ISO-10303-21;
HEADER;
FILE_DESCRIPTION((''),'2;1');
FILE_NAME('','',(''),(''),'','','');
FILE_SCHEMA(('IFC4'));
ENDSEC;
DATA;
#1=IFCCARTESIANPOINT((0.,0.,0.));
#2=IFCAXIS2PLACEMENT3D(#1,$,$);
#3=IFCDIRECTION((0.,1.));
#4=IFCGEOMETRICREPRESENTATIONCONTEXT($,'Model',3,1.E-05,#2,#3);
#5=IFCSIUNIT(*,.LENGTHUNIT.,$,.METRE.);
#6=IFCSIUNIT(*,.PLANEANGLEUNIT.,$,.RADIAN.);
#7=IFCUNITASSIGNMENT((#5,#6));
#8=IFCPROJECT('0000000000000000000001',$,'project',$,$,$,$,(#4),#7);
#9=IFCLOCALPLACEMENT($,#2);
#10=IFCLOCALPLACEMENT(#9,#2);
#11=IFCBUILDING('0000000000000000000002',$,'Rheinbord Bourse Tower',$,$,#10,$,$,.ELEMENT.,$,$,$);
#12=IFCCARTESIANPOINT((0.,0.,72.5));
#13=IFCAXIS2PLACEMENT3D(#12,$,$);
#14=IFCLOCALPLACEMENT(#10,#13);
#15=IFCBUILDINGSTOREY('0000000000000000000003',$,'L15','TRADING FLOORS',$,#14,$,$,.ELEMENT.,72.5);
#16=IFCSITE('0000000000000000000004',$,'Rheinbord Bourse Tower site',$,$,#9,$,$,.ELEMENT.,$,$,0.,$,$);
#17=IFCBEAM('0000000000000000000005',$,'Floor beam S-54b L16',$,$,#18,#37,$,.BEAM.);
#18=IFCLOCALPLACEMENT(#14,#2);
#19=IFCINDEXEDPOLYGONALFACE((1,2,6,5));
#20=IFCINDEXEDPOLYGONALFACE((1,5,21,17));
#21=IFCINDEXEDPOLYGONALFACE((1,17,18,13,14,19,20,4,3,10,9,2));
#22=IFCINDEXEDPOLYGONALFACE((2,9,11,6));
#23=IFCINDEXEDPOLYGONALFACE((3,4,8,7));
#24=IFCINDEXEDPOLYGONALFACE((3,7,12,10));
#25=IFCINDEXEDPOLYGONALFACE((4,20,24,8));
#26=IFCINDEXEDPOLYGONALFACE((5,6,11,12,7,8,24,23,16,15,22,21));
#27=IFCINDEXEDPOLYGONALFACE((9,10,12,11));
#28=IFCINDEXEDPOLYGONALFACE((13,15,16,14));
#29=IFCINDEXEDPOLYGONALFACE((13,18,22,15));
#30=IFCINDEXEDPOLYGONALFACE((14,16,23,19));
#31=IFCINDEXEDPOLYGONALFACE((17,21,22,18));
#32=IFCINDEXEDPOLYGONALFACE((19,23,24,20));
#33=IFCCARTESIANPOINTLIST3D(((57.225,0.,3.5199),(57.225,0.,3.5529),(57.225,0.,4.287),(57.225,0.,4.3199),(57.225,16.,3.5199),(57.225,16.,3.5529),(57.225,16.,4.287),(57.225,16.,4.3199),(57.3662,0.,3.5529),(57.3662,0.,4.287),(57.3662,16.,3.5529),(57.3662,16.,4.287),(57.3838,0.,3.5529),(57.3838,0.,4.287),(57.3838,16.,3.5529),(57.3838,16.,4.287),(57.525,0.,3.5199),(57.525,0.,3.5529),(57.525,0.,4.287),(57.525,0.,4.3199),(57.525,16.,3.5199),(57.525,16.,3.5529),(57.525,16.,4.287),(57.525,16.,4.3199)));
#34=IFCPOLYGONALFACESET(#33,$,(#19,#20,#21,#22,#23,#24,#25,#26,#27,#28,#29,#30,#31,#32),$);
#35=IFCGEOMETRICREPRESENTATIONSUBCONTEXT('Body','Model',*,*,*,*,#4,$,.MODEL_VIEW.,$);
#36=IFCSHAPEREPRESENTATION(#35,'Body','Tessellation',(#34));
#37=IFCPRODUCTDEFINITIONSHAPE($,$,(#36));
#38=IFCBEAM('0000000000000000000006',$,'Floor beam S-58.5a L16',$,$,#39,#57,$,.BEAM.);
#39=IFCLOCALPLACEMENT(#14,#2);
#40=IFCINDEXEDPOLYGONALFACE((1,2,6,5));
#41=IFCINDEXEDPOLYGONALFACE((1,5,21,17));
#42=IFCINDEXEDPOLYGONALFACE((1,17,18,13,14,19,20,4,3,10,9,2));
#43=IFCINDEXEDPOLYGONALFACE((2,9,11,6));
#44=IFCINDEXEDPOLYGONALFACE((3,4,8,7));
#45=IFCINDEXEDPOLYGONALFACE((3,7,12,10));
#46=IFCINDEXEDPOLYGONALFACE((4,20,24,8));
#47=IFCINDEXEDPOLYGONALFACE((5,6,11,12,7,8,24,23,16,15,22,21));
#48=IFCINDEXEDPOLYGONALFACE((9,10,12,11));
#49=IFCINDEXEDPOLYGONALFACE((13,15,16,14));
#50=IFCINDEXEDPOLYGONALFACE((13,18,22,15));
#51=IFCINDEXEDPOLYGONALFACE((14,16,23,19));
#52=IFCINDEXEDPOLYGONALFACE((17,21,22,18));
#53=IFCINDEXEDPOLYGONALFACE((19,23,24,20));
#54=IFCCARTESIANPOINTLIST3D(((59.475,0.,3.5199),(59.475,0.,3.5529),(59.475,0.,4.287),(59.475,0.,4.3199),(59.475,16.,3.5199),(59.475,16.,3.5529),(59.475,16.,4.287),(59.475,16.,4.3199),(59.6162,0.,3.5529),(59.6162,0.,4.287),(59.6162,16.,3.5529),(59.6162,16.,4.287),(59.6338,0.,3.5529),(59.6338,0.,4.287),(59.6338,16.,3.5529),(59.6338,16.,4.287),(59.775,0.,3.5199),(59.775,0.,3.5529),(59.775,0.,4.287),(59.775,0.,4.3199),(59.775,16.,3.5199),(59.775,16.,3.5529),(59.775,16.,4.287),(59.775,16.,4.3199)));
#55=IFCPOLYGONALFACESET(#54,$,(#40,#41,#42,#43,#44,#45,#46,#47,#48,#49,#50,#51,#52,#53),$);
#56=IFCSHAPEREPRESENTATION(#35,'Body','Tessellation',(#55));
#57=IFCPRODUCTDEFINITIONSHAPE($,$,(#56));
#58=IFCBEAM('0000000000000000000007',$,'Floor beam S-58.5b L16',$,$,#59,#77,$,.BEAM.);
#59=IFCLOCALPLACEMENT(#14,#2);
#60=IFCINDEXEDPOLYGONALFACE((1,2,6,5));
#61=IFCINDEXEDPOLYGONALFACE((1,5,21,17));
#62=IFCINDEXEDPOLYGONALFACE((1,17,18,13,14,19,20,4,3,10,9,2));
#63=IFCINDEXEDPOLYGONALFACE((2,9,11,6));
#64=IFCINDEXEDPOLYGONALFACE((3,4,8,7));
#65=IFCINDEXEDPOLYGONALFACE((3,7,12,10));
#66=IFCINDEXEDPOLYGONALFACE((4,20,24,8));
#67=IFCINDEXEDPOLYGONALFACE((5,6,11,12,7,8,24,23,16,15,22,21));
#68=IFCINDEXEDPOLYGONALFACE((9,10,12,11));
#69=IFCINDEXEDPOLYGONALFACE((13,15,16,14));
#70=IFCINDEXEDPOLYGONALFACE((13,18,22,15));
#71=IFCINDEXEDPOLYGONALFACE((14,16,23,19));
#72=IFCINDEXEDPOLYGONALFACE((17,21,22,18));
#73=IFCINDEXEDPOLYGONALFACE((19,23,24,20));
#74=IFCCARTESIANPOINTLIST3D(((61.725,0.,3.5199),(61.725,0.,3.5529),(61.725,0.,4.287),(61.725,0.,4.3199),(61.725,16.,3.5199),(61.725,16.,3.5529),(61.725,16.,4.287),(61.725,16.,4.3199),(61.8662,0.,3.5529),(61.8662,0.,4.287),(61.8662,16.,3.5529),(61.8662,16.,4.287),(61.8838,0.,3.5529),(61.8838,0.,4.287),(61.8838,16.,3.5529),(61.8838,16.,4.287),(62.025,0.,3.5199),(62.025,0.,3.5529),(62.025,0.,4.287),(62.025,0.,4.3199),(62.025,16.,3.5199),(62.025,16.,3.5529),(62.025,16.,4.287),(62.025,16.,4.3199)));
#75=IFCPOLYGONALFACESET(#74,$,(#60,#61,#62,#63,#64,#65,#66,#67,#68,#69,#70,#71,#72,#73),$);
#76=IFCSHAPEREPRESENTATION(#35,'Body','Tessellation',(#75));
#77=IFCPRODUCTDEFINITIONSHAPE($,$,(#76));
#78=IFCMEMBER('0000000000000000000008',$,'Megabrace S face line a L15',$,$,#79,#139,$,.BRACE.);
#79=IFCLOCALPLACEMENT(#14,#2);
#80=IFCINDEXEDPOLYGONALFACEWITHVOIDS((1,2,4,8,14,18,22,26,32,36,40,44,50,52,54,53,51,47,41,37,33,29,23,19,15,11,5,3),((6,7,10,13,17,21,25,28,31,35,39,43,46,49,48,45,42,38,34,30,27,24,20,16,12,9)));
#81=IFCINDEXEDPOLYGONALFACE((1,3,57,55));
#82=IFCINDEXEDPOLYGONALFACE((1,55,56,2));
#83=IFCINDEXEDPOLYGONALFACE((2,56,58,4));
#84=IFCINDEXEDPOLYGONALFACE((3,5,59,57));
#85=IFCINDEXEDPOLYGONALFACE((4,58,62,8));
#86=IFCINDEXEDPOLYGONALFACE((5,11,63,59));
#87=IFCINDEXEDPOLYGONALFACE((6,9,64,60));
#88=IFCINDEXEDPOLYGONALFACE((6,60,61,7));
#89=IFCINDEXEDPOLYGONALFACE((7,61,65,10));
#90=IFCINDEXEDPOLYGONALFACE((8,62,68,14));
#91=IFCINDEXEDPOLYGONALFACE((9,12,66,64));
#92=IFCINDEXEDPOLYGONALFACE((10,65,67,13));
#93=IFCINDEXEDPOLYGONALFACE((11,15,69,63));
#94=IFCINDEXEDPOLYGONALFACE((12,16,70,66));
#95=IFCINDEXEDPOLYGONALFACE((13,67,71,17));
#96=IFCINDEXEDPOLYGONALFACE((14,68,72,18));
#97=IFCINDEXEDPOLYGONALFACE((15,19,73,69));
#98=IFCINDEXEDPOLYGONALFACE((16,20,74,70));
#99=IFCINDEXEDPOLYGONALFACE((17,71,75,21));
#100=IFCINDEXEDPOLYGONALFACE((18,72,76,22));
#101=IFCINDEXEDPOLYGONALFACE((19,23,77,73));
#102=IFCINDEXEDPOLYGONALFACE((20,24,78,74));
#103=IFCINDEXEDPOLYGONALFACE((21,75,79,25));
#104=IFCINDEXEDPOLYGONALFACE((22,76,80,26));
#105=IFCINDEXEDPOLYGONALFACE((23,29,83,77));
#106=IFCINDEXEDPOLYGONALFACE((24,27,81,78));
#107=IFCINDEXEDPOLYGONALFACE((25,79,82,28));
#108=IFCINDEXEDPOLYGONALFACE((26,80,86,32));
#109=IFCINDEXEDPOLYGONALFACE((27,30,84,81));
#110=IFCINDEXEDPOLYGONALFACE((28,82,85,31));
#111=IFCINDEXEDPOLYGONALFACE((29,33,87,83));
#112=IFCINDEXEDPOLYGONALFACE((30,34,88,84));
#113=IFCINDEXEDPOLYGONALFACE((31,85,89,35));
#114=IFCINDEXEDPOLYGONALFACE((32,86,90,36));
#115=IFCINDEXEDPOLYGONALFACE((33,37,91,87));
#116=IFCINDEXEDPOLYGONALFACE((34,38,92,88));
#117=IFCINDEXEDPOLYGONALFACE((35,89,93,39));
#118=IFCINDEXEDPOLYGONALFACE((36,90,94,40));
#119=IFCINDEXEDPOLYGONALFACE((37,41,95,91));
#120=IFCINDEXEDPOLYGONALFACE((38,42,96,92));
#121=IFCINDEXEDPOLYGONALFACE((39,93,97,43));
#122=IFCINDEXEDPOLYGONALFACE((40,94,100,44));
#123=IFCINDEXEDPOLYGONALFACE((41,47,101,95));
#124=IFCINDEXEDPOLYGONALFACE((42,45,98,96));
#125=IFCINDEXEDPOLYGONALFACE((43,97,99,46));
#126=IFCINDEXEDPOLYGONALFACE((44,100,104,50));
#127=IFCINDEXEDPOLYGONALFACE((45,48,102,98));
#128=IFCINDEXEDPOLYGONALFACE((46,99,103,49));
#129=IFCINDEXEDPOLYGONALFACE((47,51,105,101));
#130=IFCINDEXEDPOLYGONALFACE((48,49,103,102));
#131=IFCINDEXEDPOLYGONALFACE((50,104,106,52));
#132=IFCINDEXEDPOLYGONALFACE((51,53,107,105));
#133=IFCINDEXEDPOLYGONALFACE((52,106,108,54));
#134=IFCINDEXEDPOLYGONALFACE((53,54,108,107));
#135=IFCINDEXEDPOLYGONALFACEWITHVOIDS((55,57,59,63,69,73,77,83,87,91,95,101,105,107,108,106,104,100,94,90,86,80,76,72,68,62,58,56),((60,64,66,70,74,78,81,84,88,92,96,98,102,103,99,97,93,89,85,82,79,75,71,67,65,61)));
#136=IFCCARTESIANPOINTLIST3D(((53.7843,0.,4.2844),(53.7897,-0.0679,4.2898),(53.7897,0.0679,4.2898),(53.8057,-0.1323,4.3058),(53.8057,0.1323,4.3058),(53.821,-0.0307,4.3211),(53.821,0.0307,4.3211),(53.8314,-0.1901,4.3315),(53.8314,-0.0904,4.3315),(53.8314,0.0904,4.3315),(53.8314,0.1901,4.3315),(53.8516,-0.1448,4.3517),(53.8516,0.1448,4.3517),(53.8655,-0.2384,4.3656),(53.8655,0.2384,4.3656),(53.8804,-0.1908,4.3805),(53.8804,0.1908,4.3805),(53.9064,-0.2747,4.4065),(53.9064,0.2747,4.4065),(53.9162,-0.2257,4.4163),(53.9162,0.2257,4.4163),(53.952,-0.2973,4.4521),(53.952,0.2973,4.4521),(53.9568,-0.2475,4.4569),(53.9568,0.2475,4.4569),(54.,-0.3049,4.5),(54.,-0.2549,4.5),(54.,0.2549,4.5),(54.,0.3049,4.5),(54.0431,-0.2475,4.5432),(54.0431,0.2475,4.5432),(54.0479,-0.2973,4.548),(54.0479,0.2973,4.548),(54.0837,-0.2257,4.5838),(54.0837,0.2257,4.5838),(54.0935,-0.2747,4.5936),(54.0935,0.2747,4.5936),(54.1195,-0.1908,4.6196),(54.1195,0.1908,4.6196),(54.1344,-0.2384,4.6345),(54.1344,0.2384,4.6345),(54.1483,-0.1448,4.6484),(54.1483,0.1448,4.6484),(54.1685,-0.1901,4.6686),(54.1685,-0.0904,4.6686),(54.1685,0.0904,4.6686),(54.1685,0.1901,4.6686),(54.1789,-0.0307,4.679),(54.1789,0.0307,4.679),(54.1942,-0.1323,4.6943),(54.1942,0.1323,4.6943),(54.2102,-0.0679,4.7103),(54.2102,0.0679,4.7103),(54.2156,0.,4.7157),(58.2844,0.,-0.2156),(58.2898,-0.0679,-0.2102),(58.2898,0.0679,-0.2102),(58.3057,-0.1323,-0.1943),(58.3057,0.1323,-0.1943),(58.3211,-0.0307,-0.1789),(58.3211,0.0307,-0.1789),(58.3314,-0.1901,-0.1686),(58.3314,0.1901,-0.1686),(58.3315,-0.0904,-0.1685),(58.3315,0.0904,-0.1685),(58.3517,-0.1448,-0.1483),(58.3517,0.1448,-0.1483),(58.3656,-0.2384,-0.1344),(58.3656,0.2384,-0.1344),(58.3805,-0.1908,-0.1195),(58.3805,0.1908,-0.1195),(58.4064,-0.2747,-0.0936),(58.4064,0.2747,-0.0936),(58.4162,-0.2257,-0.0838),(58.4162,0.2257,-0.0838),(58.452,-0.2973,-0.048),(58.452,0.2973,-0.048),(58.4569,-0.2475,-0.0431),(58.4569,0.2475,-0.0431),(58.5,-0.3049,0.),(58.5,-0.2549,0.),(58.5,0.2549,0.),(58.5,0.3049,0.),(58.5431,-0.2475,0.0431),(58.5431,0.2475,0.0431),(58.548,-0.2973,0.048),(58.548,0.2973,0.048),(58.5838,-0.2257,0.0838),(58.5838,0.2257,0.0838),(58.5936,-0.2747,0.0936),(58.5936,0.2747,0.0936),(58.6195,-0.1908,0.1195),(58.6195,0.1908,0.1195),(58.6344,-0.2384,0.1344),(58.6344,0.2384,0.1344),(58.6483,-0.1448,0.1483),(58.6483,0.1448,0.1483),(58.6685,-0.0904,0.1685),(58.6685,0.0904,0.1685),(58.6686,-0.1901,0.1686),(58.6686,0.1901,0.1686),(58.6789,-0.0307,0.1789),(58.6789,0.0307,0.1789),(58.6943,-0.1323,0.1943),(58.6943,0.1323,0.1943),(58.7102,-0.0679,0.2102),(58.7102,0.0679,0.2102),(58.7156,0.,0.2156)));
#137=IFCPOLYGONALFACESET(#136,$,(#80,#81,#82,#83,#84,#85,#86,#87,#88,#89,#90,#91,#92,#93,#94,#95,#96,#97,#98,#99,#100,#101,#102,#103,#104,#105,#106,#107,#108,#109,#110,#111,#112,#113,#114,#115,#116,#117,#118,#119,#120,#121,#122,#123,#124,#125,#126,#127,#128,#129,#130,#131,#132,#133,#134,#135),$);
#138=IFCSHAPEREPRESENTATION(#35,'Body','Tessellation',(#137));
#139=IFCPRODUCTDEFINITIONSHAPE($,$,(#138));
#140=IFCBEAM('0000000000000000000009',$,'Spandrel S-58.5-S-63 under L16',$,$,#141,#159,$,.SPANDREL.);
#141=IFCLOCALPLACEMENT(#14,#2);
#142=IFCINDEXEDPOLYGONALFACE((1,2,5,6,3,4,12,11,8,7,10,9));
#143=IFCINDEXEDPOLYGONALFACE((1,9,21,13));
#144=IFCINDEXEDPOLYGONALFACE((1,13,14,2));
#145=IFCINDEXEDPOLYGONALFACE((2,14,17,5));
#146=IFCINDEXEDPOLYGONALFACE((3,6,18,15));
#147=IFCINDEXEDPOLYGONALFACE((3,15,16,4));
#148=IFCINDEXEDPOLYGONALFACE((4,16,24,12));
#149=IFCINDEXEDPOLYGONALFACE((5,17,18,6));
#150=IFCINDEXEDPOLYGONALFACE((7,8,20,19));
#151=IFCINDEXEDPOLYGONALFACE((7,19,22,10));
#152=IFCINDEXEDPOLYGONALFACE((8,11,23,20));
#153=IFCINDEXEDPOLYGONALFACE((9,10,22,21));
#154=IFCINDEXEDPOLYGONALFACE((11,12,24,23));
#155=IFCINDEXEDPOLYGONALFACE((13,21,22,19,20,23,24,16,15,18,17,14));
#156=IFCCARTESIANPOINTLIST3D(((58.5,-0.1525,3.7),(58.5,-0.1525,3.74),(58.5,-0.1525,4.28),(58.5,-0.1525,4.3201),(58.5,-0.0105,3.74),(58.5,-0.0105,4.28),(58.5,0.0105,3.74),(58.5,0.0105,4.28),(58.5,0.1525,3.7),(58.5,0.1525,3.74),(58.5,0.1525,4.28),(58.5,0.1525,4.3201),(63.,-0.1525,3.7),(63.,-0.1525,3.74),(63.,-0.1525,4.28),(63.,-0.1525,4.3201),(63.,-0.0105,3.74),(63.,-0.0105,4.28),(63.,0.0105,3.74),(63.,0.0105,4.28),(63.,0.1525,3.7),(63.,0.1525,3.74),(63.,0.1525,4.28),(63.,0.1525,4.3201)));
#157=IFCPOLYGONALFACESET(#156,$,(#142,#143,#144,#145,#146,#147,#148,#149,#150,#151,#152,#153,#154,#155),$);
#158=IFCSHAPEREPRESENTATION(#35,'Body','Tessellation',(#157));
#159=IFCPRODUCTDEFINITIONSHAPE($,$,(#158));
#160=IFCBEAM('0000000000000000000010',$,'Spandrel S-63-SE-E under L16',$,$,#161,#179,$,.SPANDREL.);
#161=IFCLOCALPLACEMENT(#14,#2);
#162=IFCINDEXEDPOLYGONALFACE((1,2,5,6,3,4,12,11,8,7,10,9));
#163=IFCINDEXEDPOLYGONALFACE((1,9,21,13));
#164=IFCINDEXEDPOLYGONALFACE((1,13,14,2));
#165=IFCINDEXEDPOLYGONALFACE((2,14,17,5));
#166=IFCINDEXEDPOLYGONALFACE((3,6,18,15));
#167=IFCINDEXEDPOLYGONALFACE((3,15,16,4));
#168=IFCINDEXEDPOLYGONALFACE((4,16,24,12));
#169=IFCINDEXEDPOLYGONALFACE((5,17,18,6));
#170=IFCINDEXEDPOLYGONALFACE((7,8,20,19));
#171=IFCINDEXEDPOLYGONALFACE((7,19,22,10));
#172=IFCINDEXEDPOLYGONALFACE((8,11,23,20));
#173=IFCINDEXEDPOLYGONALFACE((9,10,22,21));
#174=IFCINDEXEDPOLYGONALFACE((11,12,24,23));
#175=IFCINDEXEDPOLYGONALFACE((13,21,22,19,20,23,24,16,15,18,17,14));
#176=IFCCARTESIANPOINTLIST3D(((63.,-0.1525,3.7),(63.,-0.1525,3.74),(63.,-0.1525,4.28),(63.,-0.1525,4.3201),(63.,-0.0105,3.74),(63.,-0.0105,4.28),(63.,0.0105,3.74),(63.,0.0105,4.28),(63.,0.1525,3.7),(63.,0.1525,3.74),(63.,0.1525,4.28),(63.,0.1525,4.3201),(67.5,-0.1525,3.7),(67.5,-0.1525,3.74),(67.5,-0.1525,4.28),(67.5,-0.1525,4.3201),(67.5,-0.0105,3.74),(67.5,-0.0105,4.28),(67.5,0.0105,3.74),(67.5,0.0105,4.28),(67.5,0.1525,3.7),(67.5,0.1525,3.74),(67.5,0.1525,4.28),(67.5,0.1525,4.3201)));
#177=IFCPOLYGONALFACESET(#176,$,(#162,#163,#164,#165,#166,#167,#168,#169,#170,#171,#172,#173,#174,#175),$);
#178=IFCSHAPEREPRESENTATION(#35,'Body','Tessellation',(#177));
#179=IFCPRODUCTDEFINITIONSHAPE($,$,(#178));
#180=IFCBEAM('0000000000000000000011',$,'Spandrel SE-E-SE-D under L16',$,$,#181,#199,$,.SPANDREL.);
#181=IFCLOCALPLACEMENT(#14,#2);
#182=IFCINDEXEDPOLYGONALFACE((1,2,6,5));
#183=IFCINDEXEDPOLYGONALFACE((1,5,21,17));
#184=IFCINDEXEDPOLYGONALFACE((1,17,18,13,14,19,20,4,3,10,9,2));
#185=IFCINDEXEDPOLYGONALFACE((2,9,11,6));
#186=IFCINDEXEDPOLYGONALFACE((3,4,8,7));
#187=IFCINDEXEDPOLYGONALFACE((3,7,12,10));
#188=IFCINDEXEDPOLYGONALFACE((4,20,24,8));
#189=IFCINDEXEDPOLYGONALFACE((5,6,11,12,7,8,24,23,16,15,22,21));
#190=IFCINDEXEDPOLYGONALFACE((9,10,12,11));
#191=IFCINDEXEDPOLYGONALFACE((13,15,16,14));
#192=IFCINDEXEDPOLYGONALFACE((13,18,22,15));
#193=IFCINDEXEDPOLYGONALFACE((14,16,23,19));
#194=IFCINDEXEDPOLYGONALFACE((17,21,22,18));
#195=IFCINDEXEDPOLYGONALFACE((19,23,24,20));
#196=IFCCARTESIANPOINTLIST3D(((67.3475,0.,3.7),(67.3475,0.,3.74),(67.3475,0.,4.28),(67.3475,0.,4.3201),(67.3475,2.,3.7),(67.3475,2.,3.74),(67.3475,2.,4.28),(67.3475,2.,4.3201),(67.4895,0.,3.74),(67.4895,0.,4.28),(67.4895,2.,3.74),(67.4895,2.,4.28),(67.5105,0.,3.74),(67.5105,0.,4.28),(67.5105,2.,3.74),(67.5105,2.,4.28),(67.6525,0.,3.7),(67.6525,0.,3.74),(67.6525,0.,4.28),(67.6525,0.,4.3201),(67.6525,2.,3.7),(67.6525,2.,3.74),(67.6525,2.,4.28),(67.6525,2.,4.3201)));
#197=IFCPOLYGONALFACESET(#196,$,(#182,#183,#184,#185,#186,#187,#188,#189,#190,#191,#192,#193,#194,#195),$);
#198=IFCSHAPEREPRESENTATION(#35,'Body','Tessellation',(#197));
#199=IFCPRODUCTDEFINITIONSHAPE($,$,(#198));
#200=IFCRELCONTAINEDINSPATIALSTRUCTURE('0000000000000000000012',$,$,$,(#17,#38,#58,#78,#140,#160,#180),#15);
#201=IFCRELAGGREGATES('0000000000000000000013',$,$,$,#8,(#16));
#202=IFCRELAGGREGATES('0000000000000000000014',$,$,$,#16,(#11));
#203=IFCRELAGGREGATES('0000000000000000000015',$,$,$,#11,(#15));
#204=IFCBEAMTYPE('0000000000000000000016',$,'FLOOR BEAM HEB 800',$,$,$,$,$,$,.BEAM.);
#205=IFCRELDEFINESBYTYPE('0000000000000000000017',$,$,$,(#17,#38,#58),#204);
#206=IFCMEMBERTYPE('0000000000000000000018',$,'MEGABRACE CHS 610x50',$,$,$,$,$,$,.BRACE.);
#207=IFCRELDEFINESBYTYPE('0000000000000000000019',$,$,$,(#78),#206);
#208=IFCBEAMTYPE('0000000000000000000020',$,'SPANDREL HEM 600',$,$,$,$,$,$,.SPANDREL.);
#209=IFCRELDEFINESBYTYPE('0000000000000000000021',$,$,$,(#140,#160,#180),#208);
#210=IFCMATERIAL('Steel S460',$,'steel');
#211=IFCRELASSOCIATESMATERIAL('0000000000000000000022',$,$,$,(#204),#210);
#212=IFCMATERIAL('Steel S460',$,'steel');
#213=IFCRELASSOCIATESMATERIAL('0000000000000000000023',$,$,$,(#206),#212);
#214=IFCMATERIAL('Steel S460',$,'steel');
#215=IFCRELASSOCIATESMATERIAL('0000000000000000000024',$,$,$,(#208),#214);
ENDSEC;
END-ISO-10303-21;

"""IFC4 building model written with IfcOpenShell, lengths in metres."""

from ifc_helpers import new_model, si_unit, direction, frame, origin, origin_2d, place, context, subcontext, project, spatial, hollow_circle, i_section, extrude, material, material_profile, profile_set, type_object, element, save


model = new_model("IFC4")

# Units and contexts
model_context = context("Model", 3, precision=1e-05, world=origin(), true_north=direction((0.0, 1.0)))
body_context = subcontext(model_context, "Body", "Model", "MODEL_VIEW")
ifc_project = project(units=[si_unit("LENGTHUNIT", "METRE"), si_unit("PLANEANGLEUNIT", "RADIAN")], contexts=[model_context])

# Site, building, storey
site_placement = place(None, origin())
site = spatial("IfcSite", under=ifc_project, at=site_placement, Name="Rheinbord Bourse Tower site", CompositionType="ELEMENT", RefElevation=0.0)
building_placement = place(site_placement, origin())
building = spatial("IfcBuilding", under=site, at=building_placement, Name="Rheinbord Bourse Tower", CompositionType="ELEMENT")
storey_placement = place(building_placement, frame((0.0, 0.0, 72.5)))
storey = spatial("IfcBuildingStorey", under=building, at=storey_placement, Name="L15", Description="TRADING FLOORS", CompositionType="ELEMENT", Elevation=72.5)

# Beams
ifc_material_1 = material(Name="Steel S460", Category="steel")
ifc_material_profile_1 = material_profile(ifc_material_1, i_section(OverallWidth=0.3, OverallDepth=0.8, WebThickness=0.0176, FlangeThickness=0.033, at=origin_2d()), Name="HEB 800")
ifc_profile_set_1 = profile_set([ifc_material_profile_1], Name="Steel S460")
beam_type_1 = type_object("IfcBeamType", Name="FLOOR BEAM HEB 800", PredefinedType="BEAM", material=ifc_profile_set_1)
for number, where, z_axis, x_axis, name in (
    (1, (57.375, 0.0, 3.9199), (0.0, 1.0, 0.0), (-1.0, 0.0, 0.0), "Floor beam S-54b L16"),
    (2, (59.625, 0.0, 3.9199), (0.0, 1.0, 0.0), (-1.0, 0.0, 0.0), "Floor beam S-58.5a L16"),
    (3, (61.875, 0.0, 3.9199), (0.0, 1.0, 0.0), (-1.0, 0.0, 0.0), "Floor beam S-58.5b L16"),
):
    element("IfcBeam", number, at=place(storey_placement, frame(where, z_axis=z_axis, x_axis=x_axis)), inside=storey, type_object=beam_type_1, Name=name, PredefinedType="BEAM", context=body_context, shape_type="SweptSolid", body=[
        extrude(i_section(OverallWidth=0.3, OverallDepth=0.8, WebThickness=0.0176, FlangeThickness=0.033, at=origin_2d()), origin(), (0.0, 0.0, 1.0), 16.0),
    ])

# Member
ifc_material_2 = material(Name="Steel S460", Category="steel")
ifc_material_profile_2 = material_profile(ifc_material_2, hollow_circle(Radius=0.3049, WallThickness=0.05, at=origin_2d()), Name="CHS 610x50")
ifc_profile_set_2 = profile_set([ifc_material_profile_2], Name="Steel S460")
member_type_1 = type_object("IfcMemberType", Name="MEGABRACE CHS 610x50", PredefinedType="BRACE", material=ifc_profile_set_2)
member_1_placement = place(storey_placement, frame((58.5, 0.0, 0.0), z_axis=(-0.707107, 0.0, 0.707107), x_axis=(0.0, -1.0, 0.0)))
element("IfcMember", 4, at=member_1_placement, inside=storey, type_object=member_type_1, Name="Megabrace S face line a L15", PredefinedType="BRACE", context=body_context, shape_type="SweptSolid", body=[
    extrude(hollow_circle(Radius=0.3049, WallThickness=0.05, at=origin_2d()), origin(), (0.0, 0.0, 1.0), 6.364),
])

# Beams
ifc_material_3 = material(Name="Steel S460", Category="steel")
ifc_material_profile_3 = material_profile(ifc_material_3, i_section(OverallWidth=0.3049, OverallDepth=0.6201, WebThickness=0.021, FlangeThickness=0.04, at=origin_2d()), Name="HEM 600")
ifc_profile_set_3 = profile_set([ifc_material_profile_3], Name="Steel S460")
beam_type_2 = type_object("IfcBeamType", Name="SPANDREL HEM 600", PredefinedType="SPANDREL", material=ifc_profile_set_3)
for number, where, z_axis, x_axis, name in (
    (5, (58.5, 0.0, 4.01), (1.0, 0.0, 0.0), (0.0, 1.0, 0.0), "Spandrel S-58.5-S-63 under L16"),
    (6, (63.0, 0.0, 4.01), (1.0, 0.0, 0.0), (0.0, 1.0, 0.0), "Spandrel S-63-SE-E under L16"),
):
    element("IfcBeam", number, at=place(storey_placement, frame(where, z_axis=z_axis, x_axis=x_axis)), inside=storey, type_object=beam_type_2, Name=name, PredefinedType="SPANDREL", context=body_context, shape_type="SweptSolid", body=[
        extrude(i_section(OverallWidth=0.3049, OverallDepth=0.6201, WebThickness=0.021, FlangeThickness=0.04, at=origin_2d()), origin(), (0.0, 0.0, 1.0), 4.5),
    ])
beam_1_placement = place(storey_placement, frame((67.5, 0.0, 4.01), z_axis=(0.0, 1.0, 0.0), x_axis=(-1.0, 0.0, 0.0)))
element("IfcBeam", 7, at=beam_1_placement, inside=storey, type_object=beam_type_2, Name="Spandrel SE-E-SE-D under L16", PredefinedType="SPANDREL", context=body_context, shape_type="SweptSolid", body=[
    extrude(i_section(OverallWidth=0.3049, OverallDepth=0.6201, WebThickness=0.021, FlangeThickness=0.04, at=origin_2d()), origin(), (0.0, 0.0, 1.0), 2.0),
])

save(model, "model.ifc")
